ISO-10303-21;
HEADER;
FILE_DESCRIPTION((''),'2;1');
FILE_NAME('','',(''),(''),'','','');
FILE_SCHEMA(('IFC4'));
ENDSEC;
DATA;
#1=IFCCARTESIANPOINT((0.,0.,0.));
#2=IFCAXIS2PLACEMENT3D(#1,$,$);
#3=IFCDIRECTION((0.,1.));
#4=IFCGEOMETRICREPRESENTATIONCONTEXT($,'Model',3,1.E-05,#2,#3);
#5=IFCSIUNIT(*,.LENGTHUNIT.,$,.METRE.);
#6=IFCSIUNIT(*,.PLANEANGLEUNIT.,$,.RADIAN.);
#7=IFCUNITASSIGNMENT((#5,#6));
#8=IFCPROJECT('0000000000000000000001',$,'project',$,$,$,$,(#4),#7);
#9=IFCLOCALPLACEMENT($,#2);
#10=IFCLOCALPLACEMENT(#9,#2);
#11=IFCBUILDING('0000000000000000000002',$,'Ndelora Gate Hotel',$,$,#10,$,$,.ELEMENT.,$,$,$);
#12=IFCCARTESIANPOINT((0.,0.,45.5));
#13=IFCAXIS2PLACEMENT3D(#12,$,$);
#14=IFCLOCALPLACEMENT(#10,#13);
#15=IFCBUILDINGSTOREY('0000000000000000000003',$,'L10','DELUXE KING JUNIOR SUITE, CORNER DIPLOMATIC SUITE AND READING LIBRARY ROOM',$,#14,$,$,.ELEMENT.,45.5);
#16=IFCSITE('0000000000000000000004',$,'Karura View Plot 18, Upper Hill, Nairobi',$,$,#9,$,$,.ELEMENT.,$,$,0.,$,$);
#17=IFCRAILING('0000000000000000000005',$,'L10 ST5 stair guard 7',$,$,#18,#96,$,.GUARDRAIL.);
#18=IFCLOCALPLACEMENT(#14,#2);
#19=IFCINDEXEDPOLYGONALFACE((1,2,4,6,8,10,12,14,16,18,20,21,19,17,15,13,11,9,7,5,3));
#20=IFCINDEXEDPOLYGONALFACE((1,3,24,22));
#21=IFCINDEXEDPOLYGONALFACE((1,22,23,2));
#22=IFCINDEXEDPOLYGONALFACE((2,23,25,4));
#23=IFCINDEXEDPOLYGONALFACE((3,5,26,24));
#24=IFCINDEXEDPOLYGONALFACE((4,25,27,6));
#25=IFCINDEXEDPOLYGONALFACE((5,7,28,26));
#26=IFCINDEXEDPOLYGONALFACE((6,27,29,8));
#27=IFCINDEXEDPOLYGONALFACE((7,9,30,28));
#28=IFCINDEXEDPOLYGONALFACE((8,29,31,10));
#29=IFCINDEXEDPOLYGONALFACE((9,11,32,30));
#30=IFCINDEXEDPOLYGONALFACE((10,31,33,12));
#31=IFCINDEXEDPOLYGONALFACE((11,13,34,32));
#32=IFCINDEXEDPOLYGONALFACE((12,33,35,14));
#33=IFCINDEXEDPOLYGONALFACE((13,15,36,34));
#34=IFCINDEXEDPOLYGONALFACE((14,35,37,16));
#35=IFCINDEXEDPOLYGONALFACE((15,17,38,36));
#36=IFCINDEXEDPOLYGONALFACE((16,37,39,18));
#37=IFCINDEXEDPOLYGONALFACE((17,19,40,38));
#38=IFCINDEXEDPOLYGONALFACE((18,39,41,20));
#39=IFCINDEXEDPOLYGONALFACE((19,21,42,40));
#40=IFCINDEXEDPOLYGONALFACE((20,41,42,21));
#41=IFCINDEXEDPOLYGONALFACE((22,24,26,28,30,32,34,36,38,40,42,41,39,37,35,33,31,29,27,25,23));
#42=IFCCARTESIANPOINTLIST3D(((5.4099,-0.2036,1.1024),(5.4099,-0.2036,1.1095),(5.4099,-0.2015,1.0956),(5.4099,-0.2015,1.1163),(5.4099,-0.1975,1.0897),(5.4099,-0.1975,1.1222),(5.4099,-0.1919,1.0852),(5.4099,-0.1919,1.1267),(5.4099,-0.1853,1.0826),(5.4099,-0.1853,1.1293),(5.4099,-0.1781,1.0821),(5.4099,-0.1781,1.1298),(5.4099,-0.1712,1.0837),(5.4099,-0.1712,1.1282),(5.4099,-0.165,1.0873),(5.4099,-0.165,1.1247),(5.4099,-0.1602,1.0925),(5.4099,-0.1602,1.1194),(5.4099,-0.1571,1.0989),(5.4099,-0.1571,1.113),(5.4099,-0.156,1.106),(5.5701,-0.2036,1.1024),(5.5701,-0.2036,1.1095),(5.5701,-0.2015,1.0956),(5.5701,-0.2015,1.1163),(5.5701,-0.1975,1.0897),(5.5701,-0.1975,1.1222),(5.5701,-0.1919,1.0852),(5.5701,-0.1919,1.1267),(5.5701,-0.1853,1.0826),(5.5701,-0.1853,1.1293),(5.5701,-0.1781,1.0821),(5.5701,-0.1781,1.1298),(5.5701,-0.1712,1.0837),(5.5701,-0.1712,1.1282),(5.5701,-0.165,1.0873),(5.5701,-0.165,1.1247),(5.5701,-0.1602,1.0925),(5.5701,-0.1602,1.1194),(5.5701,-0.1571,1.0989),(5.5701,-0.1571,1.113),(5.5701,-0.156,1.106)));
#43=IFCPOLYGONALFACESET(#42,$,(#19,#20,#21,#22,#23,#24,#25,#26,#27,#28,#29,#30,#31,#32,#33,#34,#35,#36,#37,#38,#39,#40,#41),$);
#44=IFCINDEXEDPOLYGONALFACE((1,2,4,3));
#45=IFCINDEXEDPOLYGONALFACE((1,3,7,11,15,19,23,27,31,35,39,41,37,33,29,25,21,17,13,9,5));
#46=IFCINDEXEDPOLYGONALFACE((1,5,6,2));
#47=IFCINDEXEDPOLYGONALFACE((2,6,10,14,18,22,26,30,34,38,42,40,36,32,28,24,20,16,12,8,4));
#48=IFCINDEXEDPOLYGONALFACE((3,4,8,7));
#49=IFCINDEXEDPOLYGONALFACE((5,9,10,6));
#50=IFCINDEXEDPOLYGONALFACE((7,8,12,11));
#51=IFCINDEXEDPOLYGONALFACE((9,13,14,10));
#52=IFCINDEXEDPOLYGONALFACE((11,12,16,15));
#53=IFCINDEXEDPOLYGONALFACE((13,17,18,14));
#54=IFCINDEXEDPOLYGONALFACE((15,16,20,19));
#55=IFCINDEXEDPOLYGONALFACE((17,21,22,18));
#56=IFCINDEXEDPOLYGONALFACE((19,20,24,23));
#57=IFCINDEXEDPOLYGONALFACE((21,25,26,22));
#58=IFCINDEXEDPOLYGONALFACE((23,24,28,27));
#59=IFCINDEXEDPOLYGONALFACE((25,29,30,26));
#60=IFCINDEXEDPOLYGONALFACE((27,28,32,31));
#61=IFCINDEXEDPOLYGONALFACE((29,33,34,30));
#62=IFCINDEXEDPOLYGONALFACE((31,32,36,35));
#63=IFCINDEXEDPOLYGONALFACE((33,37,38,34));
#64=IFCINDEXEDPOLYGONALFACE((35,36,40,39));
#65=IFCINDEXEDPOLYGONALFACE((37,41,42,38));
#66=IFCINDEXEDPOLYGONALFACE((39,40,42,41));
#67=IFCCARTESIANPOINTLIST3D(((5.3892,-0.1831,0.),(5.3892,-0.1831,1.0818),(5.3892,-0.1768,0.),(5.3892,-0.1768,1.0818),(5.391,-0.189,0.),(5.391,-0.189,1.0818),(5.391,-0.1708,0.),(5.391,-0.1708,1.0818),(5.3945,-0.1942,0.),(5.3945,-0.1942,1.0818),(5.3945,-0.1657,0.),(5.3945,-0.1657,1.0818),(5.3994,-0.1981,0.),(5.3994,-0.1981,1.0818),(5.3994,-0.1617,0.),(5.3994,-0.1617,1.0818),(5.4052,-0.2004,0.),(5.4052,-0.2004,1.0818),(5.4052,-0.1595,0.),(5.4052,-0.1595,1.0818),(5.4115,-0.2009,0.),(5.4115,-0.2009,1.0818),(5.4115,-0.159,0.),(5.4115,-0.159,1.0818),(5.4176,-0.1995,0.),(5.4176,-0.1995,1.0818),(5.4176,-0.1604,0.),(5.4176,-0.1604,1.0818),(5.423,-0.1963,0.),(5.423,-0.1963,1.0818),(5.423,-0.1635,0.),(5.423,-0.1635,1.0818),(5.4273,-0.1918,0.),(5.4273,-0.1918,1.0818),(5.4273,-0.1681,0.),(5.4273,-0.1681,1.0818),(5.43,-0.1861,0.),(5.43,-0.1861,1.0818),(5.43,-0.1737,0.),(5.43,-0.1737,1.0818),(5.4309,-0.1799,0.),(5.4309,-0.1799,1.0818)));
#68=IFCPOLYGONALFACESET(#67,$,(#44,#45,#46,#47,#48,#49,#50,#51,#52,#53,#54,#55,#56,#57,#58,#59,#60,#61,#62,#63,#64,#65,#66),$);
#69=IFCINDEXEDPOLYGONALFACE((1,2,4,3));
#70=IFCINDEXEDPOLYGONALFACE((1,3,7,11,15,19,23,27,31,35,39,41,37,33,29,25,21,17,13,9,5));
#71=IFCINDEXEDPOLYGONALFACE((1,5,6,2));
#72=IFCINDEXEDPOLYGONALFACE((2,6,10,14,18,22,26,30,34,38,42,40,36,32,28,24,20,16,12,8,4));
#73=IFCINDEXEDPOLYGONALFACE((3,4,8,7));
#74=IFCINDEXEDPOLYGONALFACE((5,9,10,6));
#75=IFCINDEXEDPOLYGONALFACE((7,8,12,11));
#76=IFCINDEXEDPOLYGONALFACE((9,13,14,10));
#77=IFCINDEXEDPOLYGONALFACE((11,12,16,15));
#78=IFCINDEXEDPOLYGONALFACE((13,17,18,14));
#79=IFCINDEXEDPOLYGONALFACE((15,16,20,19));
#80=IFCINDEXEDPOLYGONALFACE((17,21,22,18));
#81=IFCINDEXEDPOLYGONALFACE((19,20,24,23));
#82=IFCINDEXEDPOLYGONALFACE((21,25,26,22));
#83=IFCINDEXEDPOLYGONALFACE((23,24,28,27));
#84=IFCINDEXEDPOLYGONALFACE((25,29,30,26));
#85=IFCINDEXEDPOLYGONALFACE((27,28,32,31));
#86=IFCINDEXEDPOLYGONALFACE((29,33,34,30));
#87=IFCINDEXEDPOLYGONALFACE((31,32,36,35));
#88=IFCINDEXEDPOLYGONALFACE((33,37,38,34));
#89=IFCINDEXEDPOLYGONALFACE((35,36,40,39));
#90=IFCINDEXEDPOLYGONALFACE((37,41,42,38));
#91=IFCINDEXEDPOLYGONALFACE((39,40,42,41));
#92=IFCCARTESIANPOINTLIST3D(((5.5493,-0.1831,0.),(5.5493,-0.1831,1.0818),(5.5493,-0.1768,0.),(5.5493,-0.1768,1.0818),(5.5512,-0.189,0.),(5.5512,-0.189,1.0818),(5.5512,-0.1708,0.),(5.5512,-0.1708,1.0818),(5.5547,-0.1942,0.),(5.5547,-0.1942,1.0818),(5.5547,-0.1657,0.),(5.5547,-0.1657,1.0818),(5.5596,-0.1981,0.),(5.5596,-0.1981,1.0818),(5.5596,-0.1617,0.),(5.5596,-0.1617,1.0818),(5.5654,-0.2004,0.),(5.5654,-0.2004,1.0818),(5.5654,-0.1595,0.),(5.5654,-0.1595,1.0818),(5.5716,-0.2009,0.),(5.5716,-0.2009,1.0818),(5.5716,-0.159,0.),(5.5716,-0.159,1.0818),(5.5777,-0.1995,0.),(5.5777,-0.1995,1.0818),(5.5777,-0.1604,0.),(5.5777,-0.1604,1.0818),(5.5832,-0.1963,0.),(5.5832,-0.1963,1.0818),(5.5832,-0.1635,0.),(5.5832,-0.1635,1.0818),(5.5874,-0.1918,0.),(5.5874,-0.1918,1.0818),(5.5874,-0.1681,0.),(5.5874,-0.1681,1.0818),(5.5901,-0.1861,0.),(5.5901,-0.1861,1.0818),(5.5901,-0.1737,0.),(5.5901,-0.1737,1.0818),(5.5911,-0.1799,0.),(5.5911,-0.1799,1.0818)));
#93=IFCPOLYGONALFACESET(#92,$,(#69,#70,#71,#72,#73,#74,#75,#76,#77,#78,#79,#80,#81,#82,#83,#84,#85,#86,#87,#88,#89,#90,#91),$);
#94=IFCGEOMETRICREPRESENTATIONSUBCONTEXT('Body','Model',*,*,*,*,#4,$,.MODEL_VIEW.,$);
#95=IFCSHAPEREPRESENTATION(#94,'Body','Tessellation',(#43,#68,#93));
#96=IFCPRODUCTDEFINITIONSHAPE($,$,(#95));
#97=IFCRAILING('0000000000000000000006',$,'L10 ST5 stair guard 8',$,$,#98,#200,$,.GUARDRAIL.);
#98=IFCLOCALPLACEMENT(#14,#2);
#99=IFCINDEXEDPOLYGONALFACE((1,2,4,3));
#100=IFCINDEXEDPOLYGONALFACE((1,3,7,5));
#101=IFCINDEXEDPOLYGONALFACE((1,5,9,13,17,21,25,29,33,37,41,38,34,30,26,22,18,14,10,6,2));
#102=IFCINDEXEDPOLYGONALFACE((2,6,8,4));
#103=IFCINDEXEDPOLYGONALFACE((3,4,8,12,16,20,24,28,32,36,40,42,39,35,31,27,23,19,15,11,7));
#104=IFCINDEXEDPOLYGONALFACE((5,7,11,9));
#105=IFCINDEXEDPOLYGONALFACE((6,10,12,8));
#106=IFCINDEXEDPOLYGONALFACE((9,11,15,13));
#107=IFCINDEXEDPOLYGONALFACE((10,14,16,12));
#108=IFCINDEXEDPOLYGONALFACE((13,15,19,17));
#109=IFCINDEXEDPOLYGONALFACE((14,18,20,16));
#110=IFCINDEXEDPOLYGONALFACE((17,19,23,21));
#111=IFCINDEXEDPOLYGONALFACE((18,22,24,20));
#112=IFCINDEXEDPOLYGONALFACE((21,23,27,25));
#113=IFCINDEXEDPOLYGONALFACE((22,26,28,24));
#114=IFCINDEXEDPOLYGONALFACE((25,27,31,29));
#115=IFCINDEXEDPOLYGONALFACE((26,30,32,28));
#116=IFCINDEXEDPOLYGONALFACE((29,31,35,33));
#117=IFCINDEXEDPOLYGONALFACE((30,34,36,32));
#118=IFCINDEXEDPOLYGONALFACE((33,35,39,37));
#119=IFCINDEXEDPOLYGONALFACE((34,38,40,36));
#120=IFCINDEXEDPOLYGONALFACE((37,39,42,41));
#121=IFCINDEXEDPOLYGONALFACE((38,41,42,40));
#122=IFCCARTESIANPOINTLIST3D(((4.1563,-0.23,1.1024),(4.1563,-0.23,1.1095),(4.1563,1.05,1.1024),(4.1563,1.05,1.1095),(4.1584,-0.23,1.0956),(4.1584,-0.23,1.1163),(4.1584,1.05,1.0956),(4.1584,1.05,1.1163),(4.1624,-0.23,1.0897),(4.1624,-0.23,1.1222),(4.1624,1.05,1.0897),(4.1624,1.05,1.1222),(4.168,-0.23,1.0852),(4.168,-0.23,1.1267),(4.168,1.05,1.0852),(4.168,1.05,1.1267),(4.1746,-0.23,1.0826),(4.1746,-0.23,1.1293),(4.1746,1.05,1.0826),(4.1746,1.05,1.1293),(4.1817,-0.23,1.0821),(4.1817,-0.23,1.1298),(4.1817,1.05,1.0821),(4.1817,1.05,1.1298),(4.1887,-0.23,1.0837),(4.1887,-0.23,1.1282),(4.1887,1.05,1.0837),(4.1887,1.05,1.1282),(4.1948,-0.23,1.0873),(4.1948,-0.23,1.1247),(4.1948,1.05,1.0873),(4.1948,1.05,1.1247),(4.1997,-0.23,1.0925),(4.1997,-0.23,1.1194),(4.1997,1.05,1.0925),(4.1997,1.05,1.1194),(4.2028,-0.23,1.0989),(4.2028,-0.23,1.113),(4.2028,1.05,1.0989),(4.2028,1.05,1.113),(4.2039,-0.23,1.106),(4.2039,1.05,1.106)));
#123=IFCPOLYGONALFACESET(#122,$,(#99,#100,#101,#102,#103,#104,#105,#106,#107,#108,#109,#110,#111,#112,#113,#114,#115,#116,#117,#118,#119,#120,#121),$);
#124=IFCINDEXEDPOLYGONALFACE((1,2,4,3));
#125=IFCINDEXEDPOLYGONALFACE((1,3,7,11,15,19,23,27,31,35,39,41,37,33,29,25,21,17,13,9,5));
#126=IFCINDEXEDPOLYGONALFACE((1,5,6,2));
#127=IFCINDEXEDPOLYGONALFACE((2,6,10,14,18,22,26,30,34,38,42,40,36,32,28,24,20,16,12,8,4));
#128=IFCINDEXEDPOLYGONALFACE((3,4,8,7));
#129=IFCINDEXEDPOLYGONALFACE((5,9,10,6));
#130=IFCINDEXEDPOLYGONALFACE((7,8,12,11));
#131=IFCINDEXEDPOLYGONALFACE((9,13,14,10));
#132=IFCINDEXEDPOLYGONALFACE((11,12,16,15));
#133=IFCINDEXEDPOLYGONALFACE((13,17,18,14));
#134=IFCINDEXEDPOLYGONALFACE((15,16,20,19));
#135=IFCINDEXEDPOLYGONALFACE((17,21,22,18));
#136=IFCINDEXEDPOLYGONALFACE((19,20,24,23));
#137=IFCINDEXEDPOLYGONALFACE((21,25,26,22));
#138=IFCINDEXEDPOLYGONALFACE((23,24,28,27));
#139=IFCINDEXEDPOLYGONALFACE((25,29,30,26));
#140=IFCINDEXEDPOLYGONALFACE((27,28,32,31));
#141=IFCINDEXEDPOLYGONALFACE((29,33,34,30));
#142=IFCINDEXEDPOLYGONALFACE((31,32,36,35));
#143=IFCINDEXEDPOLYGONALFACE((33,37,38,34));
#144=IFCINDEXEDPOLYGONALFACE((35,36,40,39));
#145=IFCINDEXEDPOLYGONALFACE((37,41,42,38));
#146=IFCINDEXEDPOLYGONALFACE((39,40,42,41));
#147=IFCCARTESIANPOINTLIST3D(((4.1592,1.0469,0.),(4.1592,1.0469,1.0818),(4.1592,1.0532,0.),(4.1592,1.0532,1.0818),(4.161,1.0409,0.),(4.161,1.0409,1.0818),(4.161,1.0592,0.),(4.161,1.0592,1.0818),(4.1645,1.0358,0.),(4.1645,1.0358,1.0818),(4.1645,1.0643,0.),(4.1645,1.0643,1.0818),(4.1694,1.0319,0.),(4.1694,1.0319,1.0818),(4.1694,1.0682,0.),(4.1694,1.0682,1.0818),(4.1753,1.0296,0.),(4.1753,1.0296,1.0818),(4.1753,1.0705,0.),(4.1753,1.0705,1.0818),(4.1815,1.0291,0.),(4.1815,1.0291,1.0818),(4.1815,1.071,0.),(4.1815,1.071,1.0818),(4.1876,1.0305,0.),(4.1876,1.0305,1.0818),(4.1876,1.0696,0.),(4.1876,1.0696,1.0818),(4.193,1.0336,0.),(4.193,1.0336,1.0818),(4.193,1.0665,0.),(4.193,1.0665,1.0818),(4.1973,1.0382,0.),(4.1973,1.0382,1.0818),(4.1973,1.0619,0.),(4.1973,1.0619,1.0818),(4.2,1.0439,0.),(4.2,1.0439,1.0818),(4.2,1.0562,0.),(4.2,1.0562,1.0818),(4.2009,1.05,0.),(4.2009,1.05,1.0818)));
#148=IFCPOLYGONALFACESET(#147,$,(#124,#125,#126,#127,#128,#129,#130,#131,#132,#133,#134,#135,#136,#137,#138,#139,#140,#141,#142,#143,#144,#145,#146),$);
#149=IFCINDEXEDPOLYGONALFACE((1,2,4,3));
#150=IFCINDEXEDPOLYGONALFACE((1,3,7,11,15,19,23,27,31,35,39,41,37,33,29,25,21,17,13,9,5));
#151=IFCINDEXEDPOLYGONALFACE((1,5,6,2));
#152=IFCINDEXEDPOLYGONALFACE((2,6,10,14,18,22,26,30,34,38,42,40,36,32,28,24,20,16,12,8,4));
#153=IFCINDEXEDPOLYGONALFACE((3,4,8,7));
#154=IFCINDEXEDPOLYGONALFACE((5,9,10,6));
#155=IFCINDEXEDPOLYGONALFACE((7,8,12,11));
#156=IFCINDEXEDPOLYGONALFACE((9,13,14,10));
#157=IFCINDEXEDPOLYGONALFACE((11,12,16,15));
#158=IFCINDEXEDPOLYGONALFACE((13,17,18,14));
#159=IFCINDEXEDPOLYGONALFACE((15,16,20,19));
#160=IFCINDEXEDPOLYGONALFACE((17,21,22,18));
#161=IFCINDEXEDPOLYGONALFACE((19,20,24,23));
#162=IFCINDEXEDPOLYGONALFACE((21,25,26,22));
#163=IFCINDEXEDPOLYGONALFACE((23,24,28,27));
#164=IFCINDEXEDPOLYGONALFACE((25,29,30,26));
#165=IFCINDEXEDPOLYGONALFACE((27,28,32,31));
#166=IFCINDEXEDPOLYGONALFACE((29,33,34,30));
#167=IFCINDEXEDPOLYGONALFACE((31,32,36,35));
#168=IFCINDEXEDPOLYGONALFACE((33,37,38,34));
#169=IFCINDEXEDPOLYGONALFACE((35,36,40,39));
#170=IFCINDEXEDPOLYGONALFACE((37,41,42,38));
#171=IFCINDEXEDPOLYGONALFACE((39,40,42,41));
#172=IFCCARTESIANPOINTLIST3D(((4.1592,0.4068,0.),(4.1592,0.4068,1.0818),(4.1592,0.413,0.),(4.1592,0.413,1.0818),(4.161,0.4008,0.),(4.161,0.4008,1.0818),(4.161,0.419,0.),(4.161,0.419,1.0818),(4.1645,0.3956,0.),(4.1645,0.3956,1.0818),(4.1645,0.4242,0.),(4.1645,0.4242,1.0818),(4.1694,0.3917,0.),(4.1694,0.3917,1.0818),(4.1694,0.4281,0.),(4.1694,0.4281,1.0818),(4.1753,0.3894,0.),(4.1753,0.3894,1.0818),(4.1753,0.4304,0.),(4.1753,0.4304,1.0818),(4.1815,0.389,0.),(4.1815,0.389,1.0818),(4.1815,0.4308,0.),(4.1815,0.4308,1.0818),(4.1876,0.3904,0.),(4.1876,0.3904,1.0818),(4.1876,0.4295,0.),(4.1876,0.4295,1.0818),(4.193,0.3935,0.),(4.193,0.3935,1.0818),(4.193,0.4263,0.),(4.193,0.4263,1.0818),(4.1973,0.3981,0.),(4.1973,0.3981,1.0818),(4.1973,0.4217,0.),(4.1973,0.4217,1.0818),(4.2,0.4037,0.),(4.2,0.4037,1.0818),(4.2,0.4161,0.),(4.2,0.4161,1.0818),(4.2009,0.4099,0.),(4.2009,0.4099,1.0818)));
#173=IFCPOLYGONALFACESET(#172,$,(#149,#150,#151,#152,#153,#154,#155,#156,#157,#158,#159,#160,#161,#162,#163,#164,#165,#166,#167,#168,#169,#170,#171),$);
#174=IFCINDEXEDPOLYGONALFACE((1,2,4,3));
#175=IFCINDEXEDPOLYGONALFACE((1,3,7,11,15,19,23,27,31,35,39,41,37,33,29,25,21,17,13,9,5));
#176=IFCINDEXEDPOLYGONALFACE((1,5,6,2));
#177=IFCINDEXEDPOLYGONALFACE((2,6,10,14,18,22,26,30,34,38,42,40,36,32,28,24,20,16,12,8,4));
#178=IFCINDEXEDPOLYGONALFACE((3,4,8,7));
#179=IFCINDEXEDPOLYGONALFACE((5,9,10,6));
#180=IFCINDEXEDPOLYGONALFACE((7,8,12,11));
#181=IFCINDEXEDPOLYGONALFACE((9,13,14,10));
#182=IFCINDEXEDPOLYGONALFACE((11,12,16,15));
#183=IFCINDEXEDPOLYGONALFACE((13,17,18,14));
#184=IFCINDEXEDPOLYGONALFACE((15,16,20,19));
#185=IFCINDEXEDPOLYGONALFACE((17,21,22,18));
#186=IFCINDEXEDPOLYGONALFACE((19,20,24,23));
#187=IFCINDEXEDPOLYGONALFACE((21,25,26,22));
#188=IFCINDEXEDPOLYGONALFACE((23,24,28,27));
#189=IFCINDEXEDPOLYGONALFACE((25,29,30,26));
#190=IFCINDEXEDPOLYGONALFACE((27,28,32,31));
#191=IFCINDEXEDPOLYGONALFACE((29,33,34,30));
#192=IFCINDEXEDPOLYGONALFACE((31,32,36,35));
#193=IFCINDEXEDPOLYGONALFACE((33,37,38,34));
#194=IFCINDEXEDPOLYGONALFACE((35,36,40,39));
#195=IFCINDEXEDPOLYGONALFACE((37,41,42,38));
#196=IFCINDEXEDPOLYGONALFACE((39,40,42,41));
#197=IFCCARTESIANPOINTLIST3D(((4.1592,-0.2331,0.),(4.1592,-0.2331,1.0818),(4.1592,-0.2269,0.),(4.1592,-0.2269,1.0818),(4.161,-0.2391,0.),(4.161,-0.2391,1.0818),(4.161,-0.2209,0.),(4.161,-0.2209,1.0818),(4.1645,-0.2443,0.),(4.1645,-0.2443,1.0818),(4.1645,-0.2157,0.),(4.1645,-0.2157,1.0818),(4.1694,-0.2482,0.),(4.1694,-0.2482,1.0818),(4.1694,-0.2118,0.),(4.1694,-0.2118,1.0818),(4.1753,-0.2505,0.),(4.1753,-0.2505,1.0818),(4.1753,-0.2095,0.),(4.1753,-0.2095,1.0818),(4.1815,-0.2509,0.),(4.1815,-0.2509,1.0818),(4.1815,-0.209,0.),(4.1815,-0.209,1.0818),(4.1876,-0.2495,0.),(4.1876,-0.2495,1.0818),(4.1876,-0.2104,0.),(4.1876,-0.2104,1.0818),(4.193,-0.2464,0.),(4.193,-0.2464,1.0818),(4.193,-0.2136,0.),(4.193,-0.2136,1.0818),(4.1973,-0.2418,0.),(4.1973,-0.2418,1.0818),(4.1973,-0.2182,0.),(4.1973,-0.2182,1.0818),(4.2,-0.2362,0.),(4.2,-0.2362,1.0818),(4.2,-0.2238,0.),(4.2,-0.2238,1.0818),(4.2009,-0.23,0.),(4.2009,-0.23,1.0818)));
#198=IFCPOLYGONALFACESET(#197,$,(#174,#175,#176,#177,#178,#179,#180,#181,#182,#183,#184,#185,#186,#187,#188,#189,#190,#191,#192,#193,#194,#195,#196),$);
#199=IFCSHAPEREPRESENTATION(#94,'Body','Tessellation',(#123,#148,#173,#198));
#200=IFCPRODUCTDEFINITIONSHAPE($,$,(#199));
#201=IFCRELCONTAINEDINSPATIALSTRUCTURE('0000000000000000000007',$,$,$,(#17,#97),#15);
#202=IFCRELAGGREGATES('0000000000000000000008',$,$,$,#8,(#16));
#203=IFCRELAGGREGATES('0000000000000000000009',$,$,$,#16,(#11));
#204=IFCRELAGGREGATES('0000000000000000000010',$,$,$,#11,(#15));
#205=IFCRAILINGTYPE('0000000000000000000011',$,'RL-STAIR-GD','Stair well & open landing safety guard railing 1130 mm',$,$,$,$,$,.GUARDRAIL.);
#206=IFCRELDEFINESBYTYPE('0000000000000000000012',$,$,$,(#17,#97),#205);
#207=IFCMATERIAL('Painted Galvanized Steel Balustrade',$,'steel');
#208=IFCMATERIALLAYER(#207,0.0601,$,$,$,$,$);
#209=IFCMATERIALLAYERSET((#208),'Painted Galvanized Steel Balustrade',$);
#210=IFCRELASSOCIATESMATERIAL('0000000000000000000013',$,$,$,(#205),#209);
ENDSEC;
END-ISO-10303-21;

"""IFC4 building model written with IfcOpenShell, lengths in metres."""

from ifc_helpers import new_model, si_unit, direction, frame, origin, origin_2d, place, context, subcontext, project, spatial, circle, extrude, material, layer, layer_set, type_object, element, save


model = new_model("IFC4")

# Units and contexts
model_context = context("Model", 3, precision=1e-05, world=origin(), true_north=direction((0.0, 1.0)))
body_context = subcontext(model_context, "Body", "Model", "MODEL_VIEW")
ifc_project = project(units=[si_unit("LENGTHUNIT", "METRE"), si_unit("PLANEANGLEUNIT", "RADIAN")], contexts=[model_context])

# Site, building, storey
site_placement = place(None, origin())
site = spatial("IfcSite", under=ifc_project, at=site_placement, Name="Karura View Plot 18, Upper Hill, Nairobi", CompositionType="ELEMENT", RefElevation=0.0)
building_placement = place(site_placement, origin())
building = spatial("IfcBuilding", under=site, at=building_placement, Name="Ndelora Gate Hotel", CompositionType="ELEMENT")
storey_placement = place(building_placement, frame((0.0, 0.0, 45.5)))
storey = spatial("IfcBuildingStorey", under=building, at=storey_placement, Name="L10", Description="DELUXE KING JUNIOR SUITE, CORNER DIPLOMATIC SUITE AND READING LIBRARY ROOM", CompositionType="ELEMENT", Elevation=45.5)

# Railings
ifc_material_1 = material(Name="Painted Galvanized Steel Balustrade", Category="steel")
ifc_layer_1 = layer(ifc_material_1, 0.0601)
ifc_layer_set_1 = layer_set([ifc_layer_1], Name="Painted Galvanized Steel Balustrade")
railing_type_1 = type_object("IfcRailingType", Name="RL-STAIR-GD", Description="Stair well & open landing safety guard railing 1130 mm", PredefinedType="GUARDRAIL", material=ifc_layer_set_1)
railing_1_placement = place(storey_placement, frame((5.4099, -0.1799, 0.0)))
element("IfcRailing", 1, at=railing_1_placement, inside=storey, type_object=railing_type_1, Name="L10 ST5 stair guard 7", PredefinedType="GUARDRAIL", context=body_context, shape_type="SweptSolid", body=[
    extrude(circle(Radius=0.0239, at=origin_2d()), frame((0.0, 0.0, 1.106), z_axis=(1.0, 0.0, 0.0), x_axis=(0.0, 1.0, 0.0)), (0.0, 0.0, 1.0), 0.1602),
    extrude(circle(Radius=0.021, at=origin_2d()), origin(), (0.0, 0.0, 1.0), 1.0818),
    extrude(circle(Radius=0.021, at=origin_2d()), frame((0.1602, 0.0, 0.0)), (0.0, 0.0, 1.0), 1.0818),
])
railing_2_placement = place(storey_placement, frame((4.1799, 1.05, 0.0)))
element("IfcRailing", 2, at=railing_2_placement, inside=storey, type_object=railing_type_1, Name="L10 ST5 stair guard 8", PredefinedType="GUARDRAIL", context=body_context, shape_type="SweptSolid", body=[
    extrude(circle(Radius=0.0239, at=origin_2d()), frame((0.0, 0.0, 1.106), z_axis=(0.0, -1.0, 0.0), x_axis=(1.0, 0.0, 0.0)), (0.0, 0.0, 1.0), 1.28),
    extrude(circle(Radius=0.021, at=origin_2d()), origin(), (0.0, 0.0, 1.0), 1.0818),
    extrude(circle(Radius=0.021, at=origin_2d()), frame((0.0, -0.6401, 0.0)), (0.0, 0.0, 1.0), 1.0818),
    extrude(circle(Radius=0.021, at=origin_2d()), frame((0.0, -1.28, 0.0)), (0.0, 0.0, 1.0), 1.0818),
])

save(model, "model.ifc")
